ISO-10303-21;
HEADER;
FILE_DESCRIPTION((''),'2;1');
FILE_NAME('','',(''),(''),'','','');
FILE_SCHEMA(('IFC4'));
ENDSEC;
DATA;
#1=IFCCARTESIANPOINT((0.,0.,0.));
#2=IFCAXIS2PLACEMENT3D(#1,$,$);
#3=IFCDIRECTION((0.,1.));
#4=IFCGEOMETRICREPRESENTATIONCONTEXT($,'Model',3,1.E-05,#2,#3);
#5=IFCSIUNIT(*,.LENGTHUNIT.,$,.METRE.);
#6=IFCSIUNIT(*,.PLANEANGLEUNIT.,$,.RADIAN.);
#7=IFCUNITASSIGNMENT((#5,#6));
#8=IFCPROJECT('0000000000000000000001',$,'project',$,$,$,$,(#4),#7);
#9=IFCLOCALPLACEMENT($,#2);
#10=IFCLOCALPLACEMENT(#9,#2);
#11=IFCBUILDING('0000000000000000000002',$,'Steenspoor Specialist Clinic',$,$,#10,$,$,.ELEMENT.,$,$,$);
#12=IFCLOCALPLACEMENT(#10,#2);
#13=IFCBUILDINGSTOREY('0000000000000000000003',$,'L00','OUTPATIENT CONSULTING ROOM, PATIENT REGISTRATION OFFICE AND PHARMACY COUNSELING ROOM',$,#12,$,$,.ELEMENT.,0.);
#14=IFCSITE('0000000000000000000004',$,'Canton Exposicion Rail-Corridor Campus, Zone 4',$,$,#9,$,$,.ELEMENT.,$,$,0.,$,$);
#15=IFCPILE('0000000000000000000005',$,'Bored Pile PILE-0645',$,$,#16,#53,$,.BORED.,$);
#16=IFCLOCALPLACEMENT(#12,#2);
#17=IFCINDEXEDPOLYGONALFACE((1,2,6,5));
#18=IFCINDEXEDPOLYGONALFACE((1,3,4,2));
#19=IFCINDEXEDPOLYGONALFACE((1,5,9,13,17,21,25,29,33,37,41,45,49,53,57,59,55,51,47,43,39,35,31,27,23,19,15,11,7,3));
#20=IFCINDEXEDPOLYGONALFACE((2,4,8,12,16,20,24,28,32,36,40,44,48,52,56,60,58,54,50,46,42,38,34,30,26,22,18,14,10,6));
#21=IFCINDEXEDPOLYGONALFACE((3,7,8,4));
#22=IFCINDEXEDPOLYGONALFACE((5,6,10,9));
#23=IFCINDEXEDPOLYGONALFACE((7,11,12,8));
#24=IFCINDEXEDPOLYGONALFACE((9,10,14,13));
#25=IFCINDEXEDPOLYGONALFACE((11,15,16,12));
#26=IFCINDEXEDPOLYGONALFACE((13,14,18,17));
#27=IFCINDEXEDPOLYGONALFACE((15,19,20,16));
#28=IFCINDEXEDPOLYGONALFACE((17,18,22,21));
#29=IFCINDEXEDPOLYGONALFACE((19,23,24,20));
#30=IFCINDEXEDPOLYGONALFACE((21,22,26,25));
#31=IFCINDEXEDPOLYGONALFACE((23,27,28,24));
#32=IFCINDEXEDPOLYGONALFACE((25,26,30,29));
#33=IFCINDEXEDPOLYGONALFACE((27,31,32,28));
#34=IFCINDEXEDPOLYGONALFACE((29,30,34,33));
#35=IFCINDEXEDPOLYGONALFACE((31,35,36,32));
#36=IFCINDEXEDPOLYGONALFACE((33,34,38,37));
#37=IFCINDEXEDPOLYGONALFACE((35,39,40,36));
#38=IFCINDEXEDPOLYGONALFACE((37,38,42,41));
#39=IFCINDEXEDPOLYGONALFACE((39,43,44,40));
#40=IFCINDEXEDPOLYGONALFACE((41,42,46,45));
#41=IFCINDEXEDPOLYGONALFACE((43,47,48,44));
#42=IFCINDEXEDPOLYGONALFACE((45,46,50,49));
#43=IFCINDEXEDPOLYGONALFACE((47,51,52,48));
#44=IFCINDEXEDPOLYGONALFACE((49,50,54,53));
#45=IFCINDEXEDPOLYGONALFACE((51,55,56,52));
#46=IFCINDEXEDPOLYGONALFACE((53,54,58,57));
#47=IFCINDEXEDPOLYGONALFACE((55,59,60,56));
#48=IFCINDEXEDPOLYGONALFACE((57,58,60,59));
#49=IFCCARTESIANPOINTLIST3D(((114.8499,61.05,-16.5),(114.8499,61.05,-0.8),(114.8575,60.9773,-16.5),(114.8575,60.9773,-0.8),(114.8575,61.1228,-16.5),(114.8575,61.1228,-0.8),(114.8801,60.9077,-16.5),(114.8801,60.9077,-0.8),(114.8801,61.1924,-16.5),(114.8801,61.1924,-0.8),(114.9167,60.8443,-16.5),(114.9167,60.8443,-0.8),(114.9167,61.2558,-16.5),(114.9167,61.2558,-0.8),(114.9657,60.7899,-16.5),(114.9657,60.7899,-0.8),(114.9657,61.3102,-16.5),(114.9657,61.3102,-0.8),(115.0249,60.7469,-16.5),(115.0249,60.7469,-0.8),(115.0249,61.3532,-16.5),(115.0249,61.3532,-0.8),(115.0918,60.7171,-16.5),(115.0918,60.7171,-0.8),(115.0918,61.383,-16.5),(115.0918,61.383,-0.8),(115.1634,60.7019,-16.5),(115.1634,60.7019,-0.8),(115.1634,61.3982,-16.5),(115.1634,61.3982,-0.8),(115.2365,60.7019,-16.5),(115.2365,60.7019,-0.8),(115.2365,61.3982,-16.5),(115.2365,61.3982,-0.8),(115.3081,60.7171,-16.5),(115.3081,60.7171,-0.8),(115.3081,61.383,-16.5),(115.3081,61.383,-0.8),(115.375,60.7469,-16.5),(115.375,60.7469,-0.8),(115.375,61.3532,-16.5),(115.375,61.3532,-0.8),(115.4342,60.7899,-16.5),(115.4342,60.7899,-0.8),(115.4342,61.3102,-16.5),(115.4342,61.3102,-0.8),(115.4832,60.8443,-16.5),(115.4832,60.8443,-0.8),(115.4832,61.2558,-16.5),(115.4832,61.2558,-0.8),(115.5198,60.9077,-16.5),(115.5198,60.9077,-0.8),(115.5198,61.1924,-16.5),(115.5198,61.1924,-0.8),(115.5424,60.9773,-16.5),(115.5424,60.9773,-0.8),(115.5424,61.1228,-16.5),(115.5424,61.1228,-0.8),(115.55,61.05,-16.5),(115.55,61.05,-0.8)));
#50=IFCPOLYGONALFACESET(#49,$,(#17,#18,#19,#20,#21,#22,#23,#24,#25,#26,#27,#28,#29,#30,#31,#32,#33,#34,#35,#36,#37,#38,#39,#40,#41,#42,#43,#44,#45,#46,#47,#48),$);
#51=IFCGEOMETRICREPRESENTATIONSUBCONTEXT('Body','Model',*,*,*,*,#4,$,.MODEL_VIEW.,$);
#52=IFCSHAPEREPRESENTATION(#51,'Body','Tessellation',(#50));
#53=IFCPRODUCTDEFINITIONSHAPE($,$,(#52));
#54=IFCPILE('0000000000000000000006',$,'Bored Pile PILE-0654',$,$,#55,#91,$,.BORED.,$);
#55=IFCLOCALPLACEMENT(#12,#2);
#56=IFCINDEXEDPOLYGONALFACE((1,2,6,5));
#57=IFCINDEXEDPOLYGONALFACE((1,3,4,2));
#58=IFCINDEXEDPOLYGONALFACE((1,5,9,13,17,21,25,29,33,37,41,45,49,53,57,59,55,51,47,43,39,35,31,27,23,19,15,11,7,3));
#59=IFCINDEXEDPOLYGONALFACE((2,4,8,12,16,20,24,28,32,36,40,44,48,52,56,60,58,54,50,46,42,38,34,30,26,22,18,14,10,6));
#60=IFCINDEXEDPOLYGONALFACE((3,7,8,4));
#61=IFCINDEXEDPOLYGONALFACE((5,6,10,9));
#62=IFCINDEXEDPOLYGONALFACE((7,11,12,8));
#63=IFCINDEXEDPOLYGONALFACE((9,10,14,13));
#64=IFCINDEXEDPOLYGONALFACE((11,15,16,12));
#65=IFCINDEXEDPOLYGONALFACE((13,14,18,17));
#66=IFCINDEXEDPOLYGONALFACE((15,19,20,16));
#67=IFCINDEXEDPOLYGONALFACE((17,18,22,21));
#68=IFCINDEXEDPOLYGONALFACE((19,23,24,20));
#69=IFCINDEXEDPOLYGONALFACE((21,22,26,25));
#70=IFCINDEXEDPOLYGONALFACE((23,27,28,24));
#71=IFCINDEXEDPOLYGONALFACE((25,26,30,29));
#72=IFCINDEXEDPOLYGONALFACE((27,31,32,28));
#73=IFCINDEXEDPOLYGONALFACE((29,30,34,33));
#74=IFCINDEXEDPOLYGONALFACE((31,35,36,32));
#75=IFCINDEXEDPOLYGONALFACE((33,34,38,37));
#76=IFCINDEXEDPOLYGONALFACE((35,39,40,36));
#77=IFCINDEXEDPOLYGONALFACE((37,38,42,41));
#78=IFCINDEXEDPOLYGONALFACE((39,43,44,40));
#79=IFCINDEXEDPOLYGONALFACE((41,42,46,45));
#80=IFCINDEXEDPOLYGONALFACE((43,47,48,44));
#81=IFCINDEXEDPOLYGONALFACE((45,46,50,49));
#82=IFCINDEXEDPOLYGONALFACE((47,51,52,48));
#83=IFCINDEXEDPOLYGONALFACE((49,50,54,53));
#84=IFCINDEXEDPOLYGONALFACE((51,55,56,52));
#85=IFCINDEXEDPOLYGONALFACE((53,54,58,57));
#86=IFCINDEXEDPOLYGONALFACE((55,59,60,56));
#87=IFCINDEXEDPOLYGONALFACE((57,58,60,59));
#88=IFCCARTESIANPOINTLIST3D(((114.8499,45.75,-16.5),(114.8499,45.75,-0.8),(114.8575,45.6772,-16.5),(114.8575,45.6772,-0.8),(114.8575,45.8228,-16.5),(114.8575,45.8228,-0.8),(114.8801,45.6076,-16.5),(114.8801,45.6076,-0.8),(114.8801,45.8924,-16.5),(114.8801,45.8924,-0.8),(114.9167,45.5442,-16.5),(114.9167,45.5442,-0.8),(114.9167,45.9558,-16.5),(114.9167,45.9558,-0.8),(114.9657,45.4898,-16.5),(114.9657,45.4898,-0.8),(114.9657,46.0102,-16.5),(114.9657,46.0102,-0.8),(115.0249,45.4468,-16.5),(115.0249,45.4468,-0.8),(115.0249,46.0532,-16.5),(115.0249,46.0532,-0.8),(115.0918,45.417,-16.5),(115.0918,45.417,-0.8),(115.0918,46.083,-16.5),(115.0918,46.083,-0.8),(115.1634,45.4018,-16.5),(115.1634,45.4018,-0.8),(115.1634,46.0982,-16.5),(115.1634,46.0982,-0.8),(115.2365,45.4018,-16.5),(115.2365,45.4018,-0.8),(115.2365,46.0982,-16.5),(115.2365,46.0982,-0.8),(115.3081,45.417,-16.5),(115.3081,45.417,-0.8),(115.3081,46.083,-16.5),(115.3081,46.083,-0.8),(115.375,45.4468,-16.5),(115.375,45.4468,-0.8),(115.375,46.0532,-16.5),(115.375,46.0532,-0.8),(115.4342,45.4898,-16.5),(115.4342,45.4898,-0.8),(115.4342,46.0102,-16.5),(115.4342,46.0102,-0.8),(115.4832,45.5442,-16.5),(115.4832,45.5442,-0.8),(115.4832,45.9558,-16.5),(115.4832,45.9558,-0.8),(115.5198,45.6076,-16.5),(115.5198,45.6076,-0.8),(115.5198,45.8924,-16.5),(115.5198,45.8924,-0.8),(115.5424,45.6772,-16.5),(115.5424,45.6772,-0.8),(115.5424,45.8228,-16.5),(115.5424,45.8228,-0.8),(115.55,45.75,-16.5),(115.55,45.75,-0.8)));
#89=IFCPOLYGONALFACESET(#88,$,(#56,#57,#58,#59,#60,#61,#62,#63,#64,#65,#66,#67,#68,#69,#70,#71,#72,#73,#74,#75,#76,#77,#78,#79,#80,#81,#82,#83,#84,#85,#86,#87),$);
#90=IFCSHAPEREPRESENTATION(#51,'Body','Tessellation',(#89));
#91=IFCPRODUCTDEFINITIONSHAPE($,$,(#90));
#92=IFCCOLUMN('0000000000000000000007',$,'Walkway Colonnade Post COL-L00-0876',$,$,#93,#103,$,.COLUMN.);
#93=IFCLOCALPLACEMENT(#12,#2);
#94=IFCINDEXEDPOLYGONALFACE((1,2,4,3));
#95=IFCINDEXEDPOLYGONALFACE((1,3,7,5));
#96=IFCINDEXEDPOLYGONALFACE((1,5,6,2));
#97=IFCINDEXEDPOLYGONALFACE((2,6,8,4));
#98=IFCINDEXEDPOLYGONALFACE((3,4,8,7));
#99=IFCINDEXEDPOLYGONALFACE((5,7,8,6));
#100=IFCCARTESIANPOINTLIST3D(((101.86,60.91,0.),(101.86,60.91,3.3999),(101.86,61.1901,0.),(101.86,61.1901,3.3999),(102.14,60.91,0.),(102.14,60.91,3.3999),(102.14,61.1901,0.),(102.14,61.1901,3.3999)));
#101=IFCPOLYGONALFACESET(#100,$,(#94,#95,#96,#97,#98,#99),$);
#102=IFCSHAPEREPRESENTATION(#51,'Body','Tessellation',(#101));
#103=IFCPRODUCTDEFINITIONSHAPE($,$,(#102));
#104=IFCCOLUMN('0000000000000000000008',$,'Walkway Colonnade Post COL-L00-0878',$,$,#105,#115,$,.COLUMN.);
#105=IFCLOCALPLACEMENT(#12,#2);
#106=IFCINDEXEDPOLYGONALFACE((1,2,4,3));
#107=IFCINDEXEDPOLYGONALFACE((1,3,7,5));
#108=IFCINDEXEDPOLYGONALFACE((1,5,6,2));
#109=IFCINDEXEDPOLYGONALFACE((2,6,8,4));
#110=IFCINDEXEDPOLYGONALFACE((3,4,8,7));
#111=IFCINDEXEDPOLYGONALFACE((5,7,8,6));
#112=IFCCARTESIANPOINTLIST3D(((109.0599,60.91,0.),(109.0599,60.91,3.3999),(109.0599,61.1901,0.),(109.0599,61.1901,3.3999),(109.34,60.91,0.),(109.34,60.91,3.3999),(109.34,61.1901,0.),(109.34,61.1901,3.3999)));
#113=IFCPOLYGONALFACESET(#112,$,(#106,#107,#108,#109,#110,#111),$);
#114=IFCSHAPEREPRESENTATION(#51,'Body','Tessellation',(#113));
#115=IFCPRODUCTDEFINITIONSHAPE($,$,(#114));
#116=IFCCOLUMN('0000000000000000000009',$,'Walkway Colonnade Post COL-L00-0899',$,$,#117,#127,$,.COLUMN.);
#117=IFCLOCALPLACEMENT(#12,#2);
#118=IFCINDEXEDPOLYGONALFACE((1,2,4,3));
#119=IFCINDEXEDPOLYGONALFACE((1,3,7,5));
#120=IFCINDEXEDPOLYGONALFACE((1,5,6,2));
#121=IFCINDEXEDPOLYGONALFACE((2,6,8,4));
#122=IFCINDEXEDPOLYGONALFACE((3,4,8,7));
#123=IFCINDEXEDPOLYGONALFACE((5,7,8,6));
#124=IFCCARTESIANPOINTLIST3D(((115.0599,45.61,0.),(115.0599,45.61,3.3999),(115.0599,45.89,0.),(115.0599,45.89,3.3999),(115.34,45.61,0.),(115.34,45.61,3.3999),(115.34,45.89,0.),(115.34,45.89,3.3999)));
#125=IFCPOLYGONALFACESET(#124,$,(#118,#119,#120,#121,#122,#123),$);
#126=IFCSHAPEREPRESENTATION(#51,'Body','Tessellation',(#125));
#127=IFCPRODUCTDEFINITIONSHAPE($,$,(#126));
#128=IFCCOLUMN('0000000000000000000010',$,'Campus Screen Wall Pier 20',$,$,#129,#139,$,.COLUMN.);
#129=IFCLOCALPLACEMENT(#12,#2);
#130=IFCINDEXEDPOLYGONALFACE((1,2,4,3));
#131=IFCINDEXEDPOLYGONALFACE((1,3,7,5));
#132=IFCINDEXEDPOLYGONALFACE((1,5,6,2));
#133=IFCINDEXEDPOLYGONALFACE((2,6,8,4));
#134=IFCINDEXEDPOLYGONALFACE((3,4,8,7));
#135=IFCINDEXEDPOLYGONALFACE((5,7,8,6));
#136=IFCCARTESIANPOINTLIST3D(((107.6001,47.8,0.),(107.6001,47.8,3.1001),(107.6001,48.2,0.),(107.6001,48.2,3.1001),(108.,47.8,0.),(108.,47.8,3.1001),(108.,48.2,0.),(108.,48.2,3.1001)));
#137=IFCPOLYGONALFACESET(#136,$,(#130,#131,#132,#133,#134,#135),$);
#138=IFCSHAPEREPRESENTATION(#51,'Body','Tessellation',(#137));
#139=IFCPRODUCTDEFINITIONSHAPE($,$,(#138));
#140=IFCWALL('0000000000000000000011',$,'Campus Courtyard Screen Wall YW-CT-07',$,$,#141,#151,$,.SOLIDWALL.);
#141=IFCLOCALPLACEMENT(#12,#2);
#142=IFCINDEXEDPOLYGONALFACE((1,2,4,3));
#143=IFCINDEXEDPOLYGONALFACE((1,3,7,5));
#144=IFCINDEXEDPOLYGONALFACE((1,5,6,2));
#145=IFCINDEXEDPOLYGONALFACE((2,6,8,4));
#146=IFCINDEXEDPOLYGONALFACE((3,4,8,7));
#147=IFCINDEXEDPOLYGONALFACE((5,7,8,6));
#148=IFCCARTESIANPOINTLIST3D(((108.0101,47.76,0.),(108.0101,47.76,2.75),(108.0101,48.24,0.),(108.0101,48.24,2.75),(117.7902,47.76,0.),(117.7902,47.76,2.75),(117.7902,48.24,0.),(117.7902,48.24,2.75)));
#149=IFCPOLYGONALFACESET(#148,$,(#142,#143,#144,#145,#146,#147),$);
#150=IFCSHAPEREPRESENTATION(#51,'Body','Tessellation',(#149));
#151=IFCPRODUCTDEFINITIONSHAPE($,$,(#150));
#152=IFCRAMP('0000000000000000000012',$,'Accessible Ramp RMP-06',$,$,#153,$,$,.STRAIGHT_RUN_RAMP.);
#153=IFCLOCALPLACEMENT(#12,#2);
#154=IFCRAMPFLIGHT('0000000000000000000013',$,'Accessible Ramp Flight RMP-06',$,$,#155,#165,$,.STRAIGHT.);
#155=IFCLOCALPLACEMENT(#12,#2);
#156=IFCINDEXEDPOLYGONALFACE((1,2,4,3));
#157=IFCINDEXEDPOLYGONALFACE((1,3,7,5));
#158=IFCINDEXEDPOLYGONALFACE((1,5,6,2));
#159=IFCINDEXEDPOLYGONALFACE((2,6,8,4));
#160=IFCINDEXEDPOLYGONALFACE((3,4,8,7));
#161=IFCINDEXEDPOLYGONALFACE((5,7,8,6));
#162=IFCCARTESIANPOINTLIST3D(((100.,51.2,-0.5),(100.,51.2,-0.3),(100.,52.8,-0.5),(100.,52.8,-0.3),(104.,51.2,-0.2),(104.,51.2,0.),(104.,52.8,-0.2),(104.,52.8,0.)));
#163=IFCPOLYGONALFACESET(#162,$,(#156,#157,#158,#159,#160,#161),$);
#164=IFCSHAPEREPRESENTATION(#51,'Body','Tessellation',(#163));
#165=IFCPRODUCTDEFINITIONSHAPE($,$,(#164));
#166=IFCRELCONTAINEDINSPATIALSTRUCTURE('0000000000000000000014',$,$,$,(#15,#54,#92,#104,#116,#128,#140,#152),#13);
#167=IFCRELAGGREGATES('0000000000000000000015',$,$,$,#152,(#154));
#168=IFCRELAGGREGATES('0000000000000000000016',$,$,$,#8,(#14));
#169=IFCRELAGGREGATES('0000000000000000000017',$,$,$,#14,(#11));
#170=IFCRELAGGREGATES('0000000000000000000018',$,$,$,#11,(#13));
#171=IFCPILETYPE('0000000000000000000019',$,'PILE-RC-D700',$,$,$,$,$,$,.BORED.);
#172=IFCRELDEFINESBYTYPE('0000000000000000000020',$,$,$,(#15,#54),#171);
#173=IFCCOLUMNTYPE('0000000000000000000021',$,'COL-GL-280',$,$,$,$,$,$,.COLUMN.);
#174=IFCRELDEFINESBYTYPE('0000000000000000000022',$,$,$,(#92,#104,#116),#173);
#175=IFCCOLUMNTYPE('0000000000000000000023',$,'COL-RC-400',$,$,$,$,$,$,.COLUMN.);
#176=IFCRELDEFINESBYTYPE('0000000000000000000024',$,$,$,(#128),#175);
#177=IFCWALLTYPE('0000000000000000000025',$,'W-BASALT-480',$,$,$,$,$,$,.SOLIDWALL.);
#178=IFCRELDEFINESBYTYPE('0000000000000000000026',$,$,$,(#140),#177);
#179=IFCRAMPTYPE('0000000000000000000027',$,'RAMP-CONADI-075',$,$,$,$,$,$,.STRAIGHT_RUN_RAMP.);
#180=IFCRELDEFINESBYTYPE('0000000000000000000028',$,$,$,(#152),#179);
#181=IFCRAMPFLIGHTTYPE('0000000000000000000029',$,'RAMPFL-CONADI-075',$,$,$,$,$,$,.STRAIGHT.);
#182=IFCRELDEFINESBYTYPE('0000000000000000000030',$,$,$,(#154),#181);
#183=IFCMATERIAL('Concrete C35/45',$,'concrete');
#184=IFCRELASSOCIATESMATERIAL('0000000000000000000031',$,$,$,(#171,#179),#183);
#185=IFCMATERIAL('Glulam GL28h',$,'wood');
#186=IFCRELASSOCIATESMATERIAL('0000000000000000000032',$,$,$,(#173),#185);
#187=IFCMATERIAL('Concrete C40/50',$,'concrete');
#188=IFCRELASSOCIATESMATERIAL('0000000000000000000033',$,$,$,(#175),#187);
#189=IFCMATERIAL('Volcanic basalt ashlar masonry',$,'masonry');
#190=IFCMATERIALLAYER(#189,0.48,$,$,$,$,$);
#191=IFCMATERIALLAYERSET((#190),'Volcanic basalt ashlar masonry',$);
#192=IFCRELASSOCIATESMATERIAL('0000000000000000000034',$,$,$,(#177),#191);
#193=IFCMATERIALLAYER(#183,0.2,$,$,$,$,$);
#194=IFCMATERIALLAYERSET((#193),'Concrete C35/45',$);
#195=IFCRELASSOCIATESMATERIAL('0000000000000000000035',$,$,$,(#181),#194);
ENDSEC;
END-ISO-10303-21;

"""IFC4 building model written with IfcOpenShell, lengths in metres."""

from ifc_helpers import new_model, si_unit, direction, frame, frame_2d, origin, origin_2d, place, context, subcontext, project, spatial, polyline, rectangle, circle, outline, extrude, material, layer, layer_set, material_profile, profile_set, type_object, element, aggregate, save


model = new_model("IFC4")

# Units and contexts
model_context = context("Model", 3, precision=1e-05, world=origin(), true_north=direction((0.0, 1.0)))
body_context = subcontext(model_context, "Body", "Model", "MODEL_VIEW")
ifc_project = project(units=[si_unit("LENGTHUNIT", "METRE"), si_unit("PLANEANGLEUNIT", "RADIAN")], contexts=[model_context])

# Site, building, storey
site_placement = place(None, origin())
site = spatial("IfcSite", under=ifc_project, at=site_placement, Name="Canton Exposicion Rail-Corridor Campus, Zone 4", CompositionType="ELEMENT", RefElevation=0.0)
building_placement = place(site_placement, origin())
building = spatial("IfcBuilding", under=site, at=building_placement, Name="Steenspoor Specialist Clinic", CompositionType="ELEMENT")
storey_placement = place(building_placement, origin())
storey = spatial("IfcBuildingStorey", under=building, at=storey_placement, Name="L00", Description="OUTPATIENT CONSULTING ROOM, PATIENT REGISTRATION OFFICE AND PHARMACY COUNSELING ROOM", CompositionType="ELEMENT", Elevation=0.0)

# Shared definitions
ifc_material_1 = material(Name="Concrete C35/45", Category="concrete")

# Piles
ifc_material_profile_1 = material_profile(ifc_material_1, circle(Radius=0.3501, at=origin_2d()), Name="PILE-D700")
ifc_profile_set_1 = profile_set([ifc_material_profile_1], Name="Concrete C35/45")
pile_type = type_object("IfcPileType", Name="PILE-RC-D700", PredefinedType="BORED", material=ifc_profile_set_1)
for number, where, z_axis, x_axis, name in (
    (1, (115.2, 61.05, -0.8), (0.0, 0.0, -1.0), (1.0, 0.0, 0.0), "Bored Pile PILE-0645"),
    (2, (115.2, 45.75, -0.8), (0.0, 0.0, -1.0), (1.0, 0.0, 0.0), "Bored Pile PILE-0654"),
):
    element("IfcPile", number, at=place(storey_placement, frame(where, z_axis=z_axis, x_axis=x_axis)), inside=storey, type_object=pile_type, Name=name, PredefinedType="BORED", context=body_context, shape_type="SweptSolid", body=[
        extrude(circle(Radius=0.3501, at=origin_2d()), origin(), (0.0, 0.0, 1.0), 15.7),
    ])

# Columns
ifc_material_2 = material(Name="Glulam GL28h", Category="wood")
ifc_material_profile_2 = material_profile(ifc_material_2, rectangle(XDim=0.28, YDim=0.28, at=origin_2d()), Name="GL28H-280X280")
ifc_profile_set_2 = profile_set([ifc_material_profile_2], Name="Glulam GL28h")
column_type_1 = type_object("IfcColumnType", Name="COL-GL-280", PredefinedType="COLUMN", material=ifc_profile_set_2)
for number, where, z_axis, x_axis, name in (
    (3, (102.0, 61.05, 0.0), (0.0, 0.0, 1.0), (1.0, 0.0, 0.0), "Walkway Colonnade Post COL-L00-0876"),
    (4, (109.2, 61.05, 0.0), (0.0, 0.0, 1.0), (1.0, 0.0, 0.0), "Walkway Colonnade Post COL-L00-0878"),
    (5, (115.2, 45.75, 0.0), (0.0, 0.0, 1.0), (1.0, 0.0, 0.0), "Walkway Colonnade Post COL-L00-0899"),
):
    element("IfcColumn", number, at=place(storey_placement, frame(where, z_axis=z_axis, x_axis=x_axis)), inside=storey, type_object=column_type_1, Name=name, PredefinedType="COLUMN", context=body_context, shape_type="SweptSolid", body=[
        extrude(rectangle(XDim=0.28, YDim=0.28, at=origin_2d()), origin(), (0.0, 0.0, 1.0), 3.3999),
    ])
ifc_material_3 = material(Name="Concrete C40/50", Category="concrete")
ifc_material_profile_3 = material_profile(ifc_material_3, rectangle(XDim=0.3999, YDim=0.3999, at=origin_2d()), Name="RC-COL-400X400")
ifc_profile_set_3 = profile_set([ifc_material_profile_3], Name="Concrete C40/50")
column_type_2 = type_object("IfcColumnType", Name="COL-RC-400", PredefinedType="COLUMN", material=ifc_profile_set_3)
column_placement = place(storey_placement, frame((107.8, 48.0, 0.0), z_axis=(0.0, 0.0, 1.0), x_axis=(1.0, 0.0, 0.0)))
element("IfcColumn", 6, at=column_placement, inside=storey, type_object=column_type_2, Name="Campus Screen Wall Pier 20", PredefinedType="COLUMN", context=body_context, shape_type="SweptSolid", body=[
    extrude(rectangle(XDim=0.3999, YDim=0.3999, at=origin_2d()), origin(), (0.0, 0.0, 1.0), 3.1001),
])

# Wall
ifc_material_4 = material(Name="Volcanic basalt ashlar masonry", Category="masonry")
ifc_layer_1 = layer(ifc_material_4, 0.48)
ifc_layer_set_1 = layer_set([ifc_layer_1], Name="Volcanic basalt ashlar masonry")
wall_type = type_object("IfcWallType", Name="W-BASALT-480", PredefinedType="SOLIDWALL", material=ifc_layer_set_1)
wall_placement = place(storey_placement, frame((108.01, 48.0, 0.0), z_axis=(0.0, 0.0, 1.0), x_axis=(1.0, 0.0, 0.0)))
element("IfcWall", 7, at=wall_placement, inside=storey, type_object=wall_type, Name="Campus Courtyard Screen Wall YW-CT-07", PredefinedType="SOLIDWALL", context=body_context, shape_type="SweptSolid", body=[
    extrude(rectangle(XDim=9.78, YDim=0.48, at=frame_2d((4.8901, 0.0))), origin(), (0.0, 0.0, 1.0), 2.75),
])

# Ramp, ramp flight
ramp_type = type_object("IfcRampType", Name="RAMP-CONADI-075", PredefinedType="STRAIGHT_RUN_RAMP", material=ifc_material_1)
ramp_placement = place(storey_placement, origin())
ramp = element("IfcRamp", 8, at=ramp_placement, inside=storey, type_object=ramp_type, Name="Accessible Ramp RMP-06", PredefinedType="STRAIGHT_RUN_RAMP")
ifc_layer_2 = layer(ifc_material_1, 0.2)
ifc_layer_set_2 = layer_set([ifc_layer_2], Name="Concrete C35/45")
ramp_flight_type = type_object("IfcRampFlightType", Name="RAMPFL-CONADI-075", PredefinedType="STRAIGHT", material=ifc_layer_set_2)
ramp_flight_placement = place(storey_placement, frame((100.0, 52.0, -0.3), z_axis=(0.0, 0.0, 1.0), x_axis=(1.0, 0.0, 0.0)))
ramp_flight = element("IfcRampFlight", 9, at=ramp_flight_placement, type_object=ramp_flight_type, Name="Accessible Ramp Flight RMP-06", PredefinedType="STRAIGHT", context=body_context, shape_type="SweptSolid", body=[
    extrude(outline(polyline([(0.0, 0.0), (4.0, 0.3), (4.0, 0.1001), (0.0, -0.2), (0.0, 0.0)])), frame((0.0, 0.8, 0.0), z_axis=(0.0, -1.0, 0.0), x_axis=(1.0, 0.0, 0.0)), (0.0, 0.0, 1.0), 1.6001),
])
aggregate(ramp, [ramp_flight])

save(model, "model.ifc")
